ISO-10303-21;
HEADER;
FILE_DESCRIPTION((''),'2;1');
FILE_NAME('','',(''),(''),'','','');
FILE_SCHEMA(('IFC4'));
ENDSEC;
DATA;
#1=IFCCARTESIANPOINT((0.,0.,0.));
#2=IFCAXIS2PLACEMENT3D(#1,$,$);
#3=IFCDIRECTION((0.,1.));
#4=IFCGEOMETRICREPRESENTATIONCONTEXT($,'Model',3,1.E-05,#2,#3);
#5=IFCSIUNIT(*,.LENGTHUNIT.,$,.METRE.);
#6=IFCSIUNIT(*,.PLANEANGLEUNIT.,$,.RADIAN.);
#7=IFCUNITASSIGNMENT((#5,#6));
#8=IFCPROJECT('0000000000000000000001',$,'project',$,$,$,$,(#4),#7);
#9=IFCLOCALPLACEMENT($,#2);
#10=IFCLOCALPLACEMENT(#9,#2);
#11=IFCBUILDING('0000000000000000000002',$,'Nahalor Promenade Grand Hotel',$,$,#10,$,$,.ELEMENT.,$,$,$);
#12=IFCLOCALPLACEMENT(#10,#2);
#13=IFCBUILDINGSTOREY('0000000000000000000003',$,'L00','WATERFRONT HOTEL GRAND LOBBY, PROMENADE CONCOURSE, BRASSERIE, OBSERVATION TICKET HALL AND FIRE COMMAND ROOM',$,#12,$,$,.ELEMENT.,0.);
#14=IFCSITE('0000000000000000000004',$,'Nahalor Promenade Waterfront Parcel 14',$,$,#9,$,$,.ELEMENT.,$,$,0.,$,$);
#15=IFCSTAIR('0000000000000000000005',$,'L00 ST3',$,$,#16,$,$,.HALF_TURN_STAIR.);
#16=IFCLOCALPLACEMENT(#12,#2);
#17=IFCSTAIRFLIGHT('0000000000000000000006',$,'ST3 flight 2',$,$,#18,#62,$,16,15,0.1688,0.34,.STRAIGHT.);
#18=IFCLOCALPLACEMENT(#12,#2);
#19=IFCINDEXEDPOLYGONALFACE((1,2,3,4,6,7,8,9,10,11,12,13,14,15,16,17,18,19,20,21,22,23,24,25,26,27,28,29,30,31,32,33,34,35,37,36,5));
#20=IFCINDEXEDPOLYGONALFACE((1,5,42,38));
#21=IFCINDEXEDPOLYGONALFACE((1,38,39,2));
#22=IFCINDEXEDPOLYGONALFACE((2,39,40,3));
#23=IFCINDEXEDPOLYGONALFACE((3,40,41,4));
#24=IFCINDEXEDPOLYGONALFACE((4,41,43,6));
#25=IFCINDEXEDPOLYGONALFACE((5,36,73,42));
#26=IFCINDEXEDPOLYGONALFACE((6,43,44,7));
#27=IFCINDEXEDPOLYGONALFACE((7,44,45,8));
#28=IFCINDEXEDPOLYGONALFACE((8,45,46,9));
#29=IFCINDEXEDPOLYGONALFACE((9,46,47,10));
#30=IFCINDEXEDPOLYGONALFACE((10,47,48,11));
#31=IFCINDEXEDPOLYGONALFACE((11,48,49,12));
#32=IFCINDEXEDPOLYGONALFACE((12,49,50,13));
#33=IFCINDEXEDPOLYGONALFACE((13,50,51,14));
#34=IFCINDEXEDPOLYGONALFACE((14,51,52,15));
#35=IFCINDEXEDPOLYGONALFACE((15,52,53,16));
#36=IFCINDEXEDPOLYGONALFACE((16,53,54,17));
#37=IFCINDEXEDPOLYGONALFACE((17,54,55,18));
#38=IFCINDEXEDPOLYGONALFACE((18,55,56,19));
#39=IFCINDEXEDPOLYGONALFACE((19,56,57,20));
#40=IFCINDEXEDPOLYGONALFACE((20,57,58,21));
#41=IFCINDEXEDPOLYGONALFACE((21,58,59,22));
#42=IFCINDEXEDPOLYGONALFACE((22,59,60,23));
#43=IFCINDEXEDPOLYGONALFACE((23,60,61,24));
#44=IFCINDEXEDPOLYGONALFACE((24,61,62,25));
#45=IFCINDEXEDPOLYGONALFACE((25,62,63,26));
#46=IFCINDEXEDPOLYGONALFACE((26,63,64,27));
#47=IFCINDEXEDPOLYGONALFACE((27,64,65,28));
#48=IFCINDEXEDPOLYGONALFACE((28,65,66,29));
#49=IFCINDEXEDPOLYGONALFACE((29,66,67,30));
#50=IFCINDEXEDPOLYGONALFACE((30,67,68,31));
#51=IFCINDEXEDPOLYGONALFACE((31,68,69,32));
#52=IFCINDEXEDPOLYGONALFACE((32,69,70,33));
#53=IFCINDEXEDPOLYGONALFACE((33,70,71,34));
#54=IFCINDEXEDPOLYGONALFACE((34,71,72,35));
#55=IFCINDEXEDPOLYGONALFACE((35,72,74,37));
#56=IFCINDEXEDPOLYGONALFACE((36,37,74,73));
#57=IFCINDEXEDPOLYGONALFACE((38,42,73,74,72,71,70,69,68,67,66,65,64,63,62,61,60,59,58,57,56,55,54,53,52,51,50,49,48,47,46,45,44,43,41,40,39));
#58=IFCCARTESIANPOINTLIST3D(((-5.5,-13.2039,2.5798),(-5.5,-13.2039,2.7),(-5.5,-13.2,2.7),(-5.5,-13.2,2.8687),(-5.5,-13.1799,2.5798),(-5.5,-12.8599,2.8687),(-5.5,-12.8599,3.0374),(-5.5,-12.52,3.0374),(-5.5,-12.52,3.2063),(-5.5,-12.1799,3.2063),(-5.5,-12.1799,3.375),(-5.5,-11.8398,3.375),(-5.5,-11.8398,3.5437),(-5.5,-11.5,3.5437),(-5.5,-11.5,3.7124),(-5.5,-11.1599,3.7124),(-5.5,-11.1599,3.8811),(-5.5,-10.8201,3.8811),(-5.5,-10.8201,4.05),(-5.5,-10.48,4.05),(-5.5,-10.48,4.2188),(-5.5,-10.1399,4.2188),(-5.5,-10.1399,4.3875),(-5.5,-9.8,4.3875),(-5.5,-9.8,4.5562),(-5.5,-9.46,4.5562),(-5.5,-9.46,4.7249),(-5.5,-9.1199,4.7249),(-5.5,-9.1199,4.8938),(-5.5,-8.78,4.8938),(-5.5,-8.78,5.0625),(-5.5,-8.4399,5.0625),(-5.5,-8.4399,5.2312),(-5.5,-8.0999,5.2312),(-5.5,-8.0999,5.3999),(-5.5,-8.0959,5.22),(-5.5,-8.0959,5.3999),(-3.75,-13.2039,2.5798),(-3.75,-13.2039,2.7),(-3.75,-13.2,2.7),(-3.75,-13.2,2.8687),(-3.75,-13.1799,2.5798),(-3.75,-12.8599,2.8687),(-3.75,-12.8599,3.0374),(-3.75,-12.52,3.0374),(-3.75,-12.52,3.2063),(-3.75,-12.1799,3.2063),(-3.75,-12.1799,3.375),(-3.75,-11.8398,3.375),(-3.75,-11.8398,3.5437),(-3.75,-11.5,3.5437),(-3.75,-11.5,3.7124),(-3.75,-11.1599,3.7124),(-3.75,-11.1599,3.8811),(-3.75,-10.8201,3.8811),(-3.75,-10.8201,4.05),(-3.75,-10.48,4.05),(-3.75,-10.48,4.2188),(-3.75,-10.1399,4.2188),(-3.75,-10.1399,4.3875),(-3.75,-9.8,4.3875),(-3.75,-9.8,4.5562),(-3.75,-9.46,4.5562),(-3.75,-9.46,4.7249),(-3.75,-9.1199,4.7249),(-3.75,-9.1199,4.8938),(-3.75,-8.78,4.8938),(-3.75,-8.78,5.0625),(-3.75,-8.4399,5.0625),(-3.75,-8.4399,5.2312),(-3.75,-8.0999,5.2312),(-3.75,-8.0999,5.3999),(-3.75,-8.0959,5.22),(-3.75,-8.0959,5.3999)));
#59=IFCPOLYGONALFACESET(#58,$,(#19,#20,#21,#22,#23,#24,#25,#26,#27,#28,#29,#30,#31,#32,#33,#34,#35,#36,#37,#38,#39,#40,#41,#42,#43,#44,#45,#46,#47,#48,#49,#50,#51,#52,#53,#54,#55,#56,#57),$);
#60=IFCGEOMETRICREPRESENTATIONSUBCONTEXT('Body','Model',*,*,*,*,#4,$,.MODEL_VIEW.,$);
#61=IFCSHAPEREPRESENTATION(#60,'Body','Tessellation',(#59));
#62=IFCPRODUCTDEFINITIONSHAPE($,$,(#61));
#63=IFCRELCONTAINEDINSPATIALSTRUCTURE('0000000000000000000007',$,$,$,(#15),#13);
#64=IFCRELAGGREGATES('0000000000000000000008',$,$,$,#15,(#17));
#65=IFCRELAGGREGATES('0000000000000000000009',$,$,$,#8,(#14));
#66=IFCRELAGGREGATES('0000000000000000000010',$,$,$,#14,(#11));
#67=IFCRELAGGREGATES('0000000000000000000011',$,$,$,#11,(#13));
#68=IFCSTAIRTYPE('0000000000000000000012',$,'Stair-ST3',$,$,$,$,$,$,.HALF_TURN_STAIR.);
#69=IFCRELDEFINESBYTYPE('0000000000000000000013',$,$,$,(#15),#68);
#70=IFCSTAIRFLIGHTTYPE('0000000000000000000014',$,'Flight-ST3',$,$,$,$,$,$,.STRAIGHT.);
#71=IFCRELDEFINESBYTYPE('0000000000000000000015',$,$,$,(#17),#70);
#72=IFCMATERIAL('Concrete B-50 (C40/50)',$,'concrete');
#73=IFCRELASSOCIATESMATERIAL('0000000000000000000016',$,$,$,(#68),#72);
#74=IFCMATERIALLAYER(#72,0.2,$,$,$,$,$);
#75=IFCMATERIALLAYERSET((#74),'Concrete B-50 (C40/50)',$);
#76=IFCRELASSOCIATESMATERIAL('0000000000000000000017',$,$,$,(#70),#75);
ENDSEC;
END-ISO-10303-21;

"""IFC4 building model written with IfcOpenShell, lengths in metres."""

from ifc_helpers import new_model, si_unit, direction, frame, origin, place, context, subcontext, project, spatial, polyline, outline, extrude, source, transform, mapped, material, layer, layer_set, type_object, element, aggregate, save


model = new_model("IFC4")

# Units and contexts
model_context = context("Model", 3, precision=1e-05, world=origin(), true_north=direction((0.0, 1.0)))
body_context = subcontext(model_context, "Body", "Model", "MODEL_VIEW")
ifc_project = project(units=[si_unit("LENGTHUNIT", "METRE"), si_unit("PLANEANGLEUNIT", "RADIAN")], contexts=[model_context])

# Site, building, storey
site_placement = place(None, origin())
site = spatial("IfcSite", under=ifc_project, at=site_placement, Name="Nahalor Promenade Waterfront Parcel 14", CompositionType="ELEMENT", RefElevation=0.0)
building_placement = place(site_placement, origin())
building = spatial("IfcBuilding", under=site, at=building_placement, Name="Nahalor Promenade Grand Hotel", CompositionType="ELEMENT")
storey_placement = place(building_placement, origin())
storey = spatial("IfcBuildingStorey", under=building, at=storey_placement, Name="L00", Description="WATERFRONT HOTEL GRAND LOBBY, PROMENADE CONCOURSE, BRASSERIE, OBSERVATION TICKET HALL AND FIRE COMMAND ROOM", CompositionType="ELEMENT", Elevation=0.0)

# Shared definitions
ifc_material_1 = material(Name="Concrete B-50 (C40/50)", Category="concrete")

# Stair, stair flight
stair_type = type_object("IfcStairType", Name="Stair-ST3", PredefinedType="HALF_TURN_STAIR", material=ifc_material_1)
stair_placement = place(storey_placement, origin())
stair = element("IfcStair", 1, at=stair_placement, inside=storey, type_object=stair_type, Name="L00 ST3", PredefinedType="HALF_TURN_STAIR")
ifc_layer_1 = layer(ifc_material_1, 0.2)
ifc_layer_set_1 = layer_set([ifc_layer_1], Name="Concrete B-50 (C40/50)")
stair_flight_type = type_object("IfcStairFlightType", Name="Flight-ST3", PredefinedType="STRAIGHT", material=ifc_layer_set_1)
shared_shape_1 = source(origin(), body_context, "Body", "SweptSolid", [
    extrude(outline(polyline([(-0.0039, -0.1201), (-0.0039, 0.0), (0.0, 0.0), (0.0, 0.1687), (0.3401, 0.1687), (0.3401, 0.3374), (0.6799, 0.3374), (0.6799, 0.5063), (1.02, 0.5063), (1.02, 0.675), (1.3601, 0.675), (1.3601, 0.8438), (1.7, 0.8438), (1.7, 1.0125), (2.04, 1.0125), (2.04, 1.1812), (2.3799, 1.1812), (2.3799, 1.3501), (2.72, 1.3501), (2.72, 1.5188), (3.0601, 1.5188), (3.0601, 1.6875), (3.3999, 1.6875), (3.3999, 1.8562), (3.74, 1.8562), (3.74, 2.0249), (4.0801, 2.0249), (4.0801, 2.1938), (4.4199, 2.1938), (4.4199, 2.3625), (4.76, 2.3625), (4.76, 2.5312), (5.1001, 2.5312), (5.1001, 2.7), (5.104, 2.7), (5.104, 2.52), (0.02, -0.1201), (-0.0039, -0.1201)])), frame((0.0, 0.875, 0.0), z_axis=(0.0, -1.0, 0.0), x_axis=(1.0, 0.0, 0.0)), (0.0, 0.0, 1.0), 1.75),
])
stair_flight_1_placement = place(storey_placement, frame((-4.625, -13.2, 2.7), z_axis=(0.0, 0.0, 1.0), x_axis=(0.0, 1.0, 0.0)))
stair_flight_1 = element("IfcStairFlight", 2, at=stair_flight_1_placement, type_object=stair_flight_type, Name="ST3 flight 2", NumberOfRisers=16, NumberOfTreads=15, PredefinedType="STRAIGHT", RiserHeight=0.1688, TreadLength=0.34, context=body_context, shape_type="MappedRepresentation", body=[
    mapped(shared_shape_1, transform((0.0, 0.0, 0.0), scale=1.0)),
])
aggregate(stair, [stair_flight_1])

save(model, "model.ifc")
